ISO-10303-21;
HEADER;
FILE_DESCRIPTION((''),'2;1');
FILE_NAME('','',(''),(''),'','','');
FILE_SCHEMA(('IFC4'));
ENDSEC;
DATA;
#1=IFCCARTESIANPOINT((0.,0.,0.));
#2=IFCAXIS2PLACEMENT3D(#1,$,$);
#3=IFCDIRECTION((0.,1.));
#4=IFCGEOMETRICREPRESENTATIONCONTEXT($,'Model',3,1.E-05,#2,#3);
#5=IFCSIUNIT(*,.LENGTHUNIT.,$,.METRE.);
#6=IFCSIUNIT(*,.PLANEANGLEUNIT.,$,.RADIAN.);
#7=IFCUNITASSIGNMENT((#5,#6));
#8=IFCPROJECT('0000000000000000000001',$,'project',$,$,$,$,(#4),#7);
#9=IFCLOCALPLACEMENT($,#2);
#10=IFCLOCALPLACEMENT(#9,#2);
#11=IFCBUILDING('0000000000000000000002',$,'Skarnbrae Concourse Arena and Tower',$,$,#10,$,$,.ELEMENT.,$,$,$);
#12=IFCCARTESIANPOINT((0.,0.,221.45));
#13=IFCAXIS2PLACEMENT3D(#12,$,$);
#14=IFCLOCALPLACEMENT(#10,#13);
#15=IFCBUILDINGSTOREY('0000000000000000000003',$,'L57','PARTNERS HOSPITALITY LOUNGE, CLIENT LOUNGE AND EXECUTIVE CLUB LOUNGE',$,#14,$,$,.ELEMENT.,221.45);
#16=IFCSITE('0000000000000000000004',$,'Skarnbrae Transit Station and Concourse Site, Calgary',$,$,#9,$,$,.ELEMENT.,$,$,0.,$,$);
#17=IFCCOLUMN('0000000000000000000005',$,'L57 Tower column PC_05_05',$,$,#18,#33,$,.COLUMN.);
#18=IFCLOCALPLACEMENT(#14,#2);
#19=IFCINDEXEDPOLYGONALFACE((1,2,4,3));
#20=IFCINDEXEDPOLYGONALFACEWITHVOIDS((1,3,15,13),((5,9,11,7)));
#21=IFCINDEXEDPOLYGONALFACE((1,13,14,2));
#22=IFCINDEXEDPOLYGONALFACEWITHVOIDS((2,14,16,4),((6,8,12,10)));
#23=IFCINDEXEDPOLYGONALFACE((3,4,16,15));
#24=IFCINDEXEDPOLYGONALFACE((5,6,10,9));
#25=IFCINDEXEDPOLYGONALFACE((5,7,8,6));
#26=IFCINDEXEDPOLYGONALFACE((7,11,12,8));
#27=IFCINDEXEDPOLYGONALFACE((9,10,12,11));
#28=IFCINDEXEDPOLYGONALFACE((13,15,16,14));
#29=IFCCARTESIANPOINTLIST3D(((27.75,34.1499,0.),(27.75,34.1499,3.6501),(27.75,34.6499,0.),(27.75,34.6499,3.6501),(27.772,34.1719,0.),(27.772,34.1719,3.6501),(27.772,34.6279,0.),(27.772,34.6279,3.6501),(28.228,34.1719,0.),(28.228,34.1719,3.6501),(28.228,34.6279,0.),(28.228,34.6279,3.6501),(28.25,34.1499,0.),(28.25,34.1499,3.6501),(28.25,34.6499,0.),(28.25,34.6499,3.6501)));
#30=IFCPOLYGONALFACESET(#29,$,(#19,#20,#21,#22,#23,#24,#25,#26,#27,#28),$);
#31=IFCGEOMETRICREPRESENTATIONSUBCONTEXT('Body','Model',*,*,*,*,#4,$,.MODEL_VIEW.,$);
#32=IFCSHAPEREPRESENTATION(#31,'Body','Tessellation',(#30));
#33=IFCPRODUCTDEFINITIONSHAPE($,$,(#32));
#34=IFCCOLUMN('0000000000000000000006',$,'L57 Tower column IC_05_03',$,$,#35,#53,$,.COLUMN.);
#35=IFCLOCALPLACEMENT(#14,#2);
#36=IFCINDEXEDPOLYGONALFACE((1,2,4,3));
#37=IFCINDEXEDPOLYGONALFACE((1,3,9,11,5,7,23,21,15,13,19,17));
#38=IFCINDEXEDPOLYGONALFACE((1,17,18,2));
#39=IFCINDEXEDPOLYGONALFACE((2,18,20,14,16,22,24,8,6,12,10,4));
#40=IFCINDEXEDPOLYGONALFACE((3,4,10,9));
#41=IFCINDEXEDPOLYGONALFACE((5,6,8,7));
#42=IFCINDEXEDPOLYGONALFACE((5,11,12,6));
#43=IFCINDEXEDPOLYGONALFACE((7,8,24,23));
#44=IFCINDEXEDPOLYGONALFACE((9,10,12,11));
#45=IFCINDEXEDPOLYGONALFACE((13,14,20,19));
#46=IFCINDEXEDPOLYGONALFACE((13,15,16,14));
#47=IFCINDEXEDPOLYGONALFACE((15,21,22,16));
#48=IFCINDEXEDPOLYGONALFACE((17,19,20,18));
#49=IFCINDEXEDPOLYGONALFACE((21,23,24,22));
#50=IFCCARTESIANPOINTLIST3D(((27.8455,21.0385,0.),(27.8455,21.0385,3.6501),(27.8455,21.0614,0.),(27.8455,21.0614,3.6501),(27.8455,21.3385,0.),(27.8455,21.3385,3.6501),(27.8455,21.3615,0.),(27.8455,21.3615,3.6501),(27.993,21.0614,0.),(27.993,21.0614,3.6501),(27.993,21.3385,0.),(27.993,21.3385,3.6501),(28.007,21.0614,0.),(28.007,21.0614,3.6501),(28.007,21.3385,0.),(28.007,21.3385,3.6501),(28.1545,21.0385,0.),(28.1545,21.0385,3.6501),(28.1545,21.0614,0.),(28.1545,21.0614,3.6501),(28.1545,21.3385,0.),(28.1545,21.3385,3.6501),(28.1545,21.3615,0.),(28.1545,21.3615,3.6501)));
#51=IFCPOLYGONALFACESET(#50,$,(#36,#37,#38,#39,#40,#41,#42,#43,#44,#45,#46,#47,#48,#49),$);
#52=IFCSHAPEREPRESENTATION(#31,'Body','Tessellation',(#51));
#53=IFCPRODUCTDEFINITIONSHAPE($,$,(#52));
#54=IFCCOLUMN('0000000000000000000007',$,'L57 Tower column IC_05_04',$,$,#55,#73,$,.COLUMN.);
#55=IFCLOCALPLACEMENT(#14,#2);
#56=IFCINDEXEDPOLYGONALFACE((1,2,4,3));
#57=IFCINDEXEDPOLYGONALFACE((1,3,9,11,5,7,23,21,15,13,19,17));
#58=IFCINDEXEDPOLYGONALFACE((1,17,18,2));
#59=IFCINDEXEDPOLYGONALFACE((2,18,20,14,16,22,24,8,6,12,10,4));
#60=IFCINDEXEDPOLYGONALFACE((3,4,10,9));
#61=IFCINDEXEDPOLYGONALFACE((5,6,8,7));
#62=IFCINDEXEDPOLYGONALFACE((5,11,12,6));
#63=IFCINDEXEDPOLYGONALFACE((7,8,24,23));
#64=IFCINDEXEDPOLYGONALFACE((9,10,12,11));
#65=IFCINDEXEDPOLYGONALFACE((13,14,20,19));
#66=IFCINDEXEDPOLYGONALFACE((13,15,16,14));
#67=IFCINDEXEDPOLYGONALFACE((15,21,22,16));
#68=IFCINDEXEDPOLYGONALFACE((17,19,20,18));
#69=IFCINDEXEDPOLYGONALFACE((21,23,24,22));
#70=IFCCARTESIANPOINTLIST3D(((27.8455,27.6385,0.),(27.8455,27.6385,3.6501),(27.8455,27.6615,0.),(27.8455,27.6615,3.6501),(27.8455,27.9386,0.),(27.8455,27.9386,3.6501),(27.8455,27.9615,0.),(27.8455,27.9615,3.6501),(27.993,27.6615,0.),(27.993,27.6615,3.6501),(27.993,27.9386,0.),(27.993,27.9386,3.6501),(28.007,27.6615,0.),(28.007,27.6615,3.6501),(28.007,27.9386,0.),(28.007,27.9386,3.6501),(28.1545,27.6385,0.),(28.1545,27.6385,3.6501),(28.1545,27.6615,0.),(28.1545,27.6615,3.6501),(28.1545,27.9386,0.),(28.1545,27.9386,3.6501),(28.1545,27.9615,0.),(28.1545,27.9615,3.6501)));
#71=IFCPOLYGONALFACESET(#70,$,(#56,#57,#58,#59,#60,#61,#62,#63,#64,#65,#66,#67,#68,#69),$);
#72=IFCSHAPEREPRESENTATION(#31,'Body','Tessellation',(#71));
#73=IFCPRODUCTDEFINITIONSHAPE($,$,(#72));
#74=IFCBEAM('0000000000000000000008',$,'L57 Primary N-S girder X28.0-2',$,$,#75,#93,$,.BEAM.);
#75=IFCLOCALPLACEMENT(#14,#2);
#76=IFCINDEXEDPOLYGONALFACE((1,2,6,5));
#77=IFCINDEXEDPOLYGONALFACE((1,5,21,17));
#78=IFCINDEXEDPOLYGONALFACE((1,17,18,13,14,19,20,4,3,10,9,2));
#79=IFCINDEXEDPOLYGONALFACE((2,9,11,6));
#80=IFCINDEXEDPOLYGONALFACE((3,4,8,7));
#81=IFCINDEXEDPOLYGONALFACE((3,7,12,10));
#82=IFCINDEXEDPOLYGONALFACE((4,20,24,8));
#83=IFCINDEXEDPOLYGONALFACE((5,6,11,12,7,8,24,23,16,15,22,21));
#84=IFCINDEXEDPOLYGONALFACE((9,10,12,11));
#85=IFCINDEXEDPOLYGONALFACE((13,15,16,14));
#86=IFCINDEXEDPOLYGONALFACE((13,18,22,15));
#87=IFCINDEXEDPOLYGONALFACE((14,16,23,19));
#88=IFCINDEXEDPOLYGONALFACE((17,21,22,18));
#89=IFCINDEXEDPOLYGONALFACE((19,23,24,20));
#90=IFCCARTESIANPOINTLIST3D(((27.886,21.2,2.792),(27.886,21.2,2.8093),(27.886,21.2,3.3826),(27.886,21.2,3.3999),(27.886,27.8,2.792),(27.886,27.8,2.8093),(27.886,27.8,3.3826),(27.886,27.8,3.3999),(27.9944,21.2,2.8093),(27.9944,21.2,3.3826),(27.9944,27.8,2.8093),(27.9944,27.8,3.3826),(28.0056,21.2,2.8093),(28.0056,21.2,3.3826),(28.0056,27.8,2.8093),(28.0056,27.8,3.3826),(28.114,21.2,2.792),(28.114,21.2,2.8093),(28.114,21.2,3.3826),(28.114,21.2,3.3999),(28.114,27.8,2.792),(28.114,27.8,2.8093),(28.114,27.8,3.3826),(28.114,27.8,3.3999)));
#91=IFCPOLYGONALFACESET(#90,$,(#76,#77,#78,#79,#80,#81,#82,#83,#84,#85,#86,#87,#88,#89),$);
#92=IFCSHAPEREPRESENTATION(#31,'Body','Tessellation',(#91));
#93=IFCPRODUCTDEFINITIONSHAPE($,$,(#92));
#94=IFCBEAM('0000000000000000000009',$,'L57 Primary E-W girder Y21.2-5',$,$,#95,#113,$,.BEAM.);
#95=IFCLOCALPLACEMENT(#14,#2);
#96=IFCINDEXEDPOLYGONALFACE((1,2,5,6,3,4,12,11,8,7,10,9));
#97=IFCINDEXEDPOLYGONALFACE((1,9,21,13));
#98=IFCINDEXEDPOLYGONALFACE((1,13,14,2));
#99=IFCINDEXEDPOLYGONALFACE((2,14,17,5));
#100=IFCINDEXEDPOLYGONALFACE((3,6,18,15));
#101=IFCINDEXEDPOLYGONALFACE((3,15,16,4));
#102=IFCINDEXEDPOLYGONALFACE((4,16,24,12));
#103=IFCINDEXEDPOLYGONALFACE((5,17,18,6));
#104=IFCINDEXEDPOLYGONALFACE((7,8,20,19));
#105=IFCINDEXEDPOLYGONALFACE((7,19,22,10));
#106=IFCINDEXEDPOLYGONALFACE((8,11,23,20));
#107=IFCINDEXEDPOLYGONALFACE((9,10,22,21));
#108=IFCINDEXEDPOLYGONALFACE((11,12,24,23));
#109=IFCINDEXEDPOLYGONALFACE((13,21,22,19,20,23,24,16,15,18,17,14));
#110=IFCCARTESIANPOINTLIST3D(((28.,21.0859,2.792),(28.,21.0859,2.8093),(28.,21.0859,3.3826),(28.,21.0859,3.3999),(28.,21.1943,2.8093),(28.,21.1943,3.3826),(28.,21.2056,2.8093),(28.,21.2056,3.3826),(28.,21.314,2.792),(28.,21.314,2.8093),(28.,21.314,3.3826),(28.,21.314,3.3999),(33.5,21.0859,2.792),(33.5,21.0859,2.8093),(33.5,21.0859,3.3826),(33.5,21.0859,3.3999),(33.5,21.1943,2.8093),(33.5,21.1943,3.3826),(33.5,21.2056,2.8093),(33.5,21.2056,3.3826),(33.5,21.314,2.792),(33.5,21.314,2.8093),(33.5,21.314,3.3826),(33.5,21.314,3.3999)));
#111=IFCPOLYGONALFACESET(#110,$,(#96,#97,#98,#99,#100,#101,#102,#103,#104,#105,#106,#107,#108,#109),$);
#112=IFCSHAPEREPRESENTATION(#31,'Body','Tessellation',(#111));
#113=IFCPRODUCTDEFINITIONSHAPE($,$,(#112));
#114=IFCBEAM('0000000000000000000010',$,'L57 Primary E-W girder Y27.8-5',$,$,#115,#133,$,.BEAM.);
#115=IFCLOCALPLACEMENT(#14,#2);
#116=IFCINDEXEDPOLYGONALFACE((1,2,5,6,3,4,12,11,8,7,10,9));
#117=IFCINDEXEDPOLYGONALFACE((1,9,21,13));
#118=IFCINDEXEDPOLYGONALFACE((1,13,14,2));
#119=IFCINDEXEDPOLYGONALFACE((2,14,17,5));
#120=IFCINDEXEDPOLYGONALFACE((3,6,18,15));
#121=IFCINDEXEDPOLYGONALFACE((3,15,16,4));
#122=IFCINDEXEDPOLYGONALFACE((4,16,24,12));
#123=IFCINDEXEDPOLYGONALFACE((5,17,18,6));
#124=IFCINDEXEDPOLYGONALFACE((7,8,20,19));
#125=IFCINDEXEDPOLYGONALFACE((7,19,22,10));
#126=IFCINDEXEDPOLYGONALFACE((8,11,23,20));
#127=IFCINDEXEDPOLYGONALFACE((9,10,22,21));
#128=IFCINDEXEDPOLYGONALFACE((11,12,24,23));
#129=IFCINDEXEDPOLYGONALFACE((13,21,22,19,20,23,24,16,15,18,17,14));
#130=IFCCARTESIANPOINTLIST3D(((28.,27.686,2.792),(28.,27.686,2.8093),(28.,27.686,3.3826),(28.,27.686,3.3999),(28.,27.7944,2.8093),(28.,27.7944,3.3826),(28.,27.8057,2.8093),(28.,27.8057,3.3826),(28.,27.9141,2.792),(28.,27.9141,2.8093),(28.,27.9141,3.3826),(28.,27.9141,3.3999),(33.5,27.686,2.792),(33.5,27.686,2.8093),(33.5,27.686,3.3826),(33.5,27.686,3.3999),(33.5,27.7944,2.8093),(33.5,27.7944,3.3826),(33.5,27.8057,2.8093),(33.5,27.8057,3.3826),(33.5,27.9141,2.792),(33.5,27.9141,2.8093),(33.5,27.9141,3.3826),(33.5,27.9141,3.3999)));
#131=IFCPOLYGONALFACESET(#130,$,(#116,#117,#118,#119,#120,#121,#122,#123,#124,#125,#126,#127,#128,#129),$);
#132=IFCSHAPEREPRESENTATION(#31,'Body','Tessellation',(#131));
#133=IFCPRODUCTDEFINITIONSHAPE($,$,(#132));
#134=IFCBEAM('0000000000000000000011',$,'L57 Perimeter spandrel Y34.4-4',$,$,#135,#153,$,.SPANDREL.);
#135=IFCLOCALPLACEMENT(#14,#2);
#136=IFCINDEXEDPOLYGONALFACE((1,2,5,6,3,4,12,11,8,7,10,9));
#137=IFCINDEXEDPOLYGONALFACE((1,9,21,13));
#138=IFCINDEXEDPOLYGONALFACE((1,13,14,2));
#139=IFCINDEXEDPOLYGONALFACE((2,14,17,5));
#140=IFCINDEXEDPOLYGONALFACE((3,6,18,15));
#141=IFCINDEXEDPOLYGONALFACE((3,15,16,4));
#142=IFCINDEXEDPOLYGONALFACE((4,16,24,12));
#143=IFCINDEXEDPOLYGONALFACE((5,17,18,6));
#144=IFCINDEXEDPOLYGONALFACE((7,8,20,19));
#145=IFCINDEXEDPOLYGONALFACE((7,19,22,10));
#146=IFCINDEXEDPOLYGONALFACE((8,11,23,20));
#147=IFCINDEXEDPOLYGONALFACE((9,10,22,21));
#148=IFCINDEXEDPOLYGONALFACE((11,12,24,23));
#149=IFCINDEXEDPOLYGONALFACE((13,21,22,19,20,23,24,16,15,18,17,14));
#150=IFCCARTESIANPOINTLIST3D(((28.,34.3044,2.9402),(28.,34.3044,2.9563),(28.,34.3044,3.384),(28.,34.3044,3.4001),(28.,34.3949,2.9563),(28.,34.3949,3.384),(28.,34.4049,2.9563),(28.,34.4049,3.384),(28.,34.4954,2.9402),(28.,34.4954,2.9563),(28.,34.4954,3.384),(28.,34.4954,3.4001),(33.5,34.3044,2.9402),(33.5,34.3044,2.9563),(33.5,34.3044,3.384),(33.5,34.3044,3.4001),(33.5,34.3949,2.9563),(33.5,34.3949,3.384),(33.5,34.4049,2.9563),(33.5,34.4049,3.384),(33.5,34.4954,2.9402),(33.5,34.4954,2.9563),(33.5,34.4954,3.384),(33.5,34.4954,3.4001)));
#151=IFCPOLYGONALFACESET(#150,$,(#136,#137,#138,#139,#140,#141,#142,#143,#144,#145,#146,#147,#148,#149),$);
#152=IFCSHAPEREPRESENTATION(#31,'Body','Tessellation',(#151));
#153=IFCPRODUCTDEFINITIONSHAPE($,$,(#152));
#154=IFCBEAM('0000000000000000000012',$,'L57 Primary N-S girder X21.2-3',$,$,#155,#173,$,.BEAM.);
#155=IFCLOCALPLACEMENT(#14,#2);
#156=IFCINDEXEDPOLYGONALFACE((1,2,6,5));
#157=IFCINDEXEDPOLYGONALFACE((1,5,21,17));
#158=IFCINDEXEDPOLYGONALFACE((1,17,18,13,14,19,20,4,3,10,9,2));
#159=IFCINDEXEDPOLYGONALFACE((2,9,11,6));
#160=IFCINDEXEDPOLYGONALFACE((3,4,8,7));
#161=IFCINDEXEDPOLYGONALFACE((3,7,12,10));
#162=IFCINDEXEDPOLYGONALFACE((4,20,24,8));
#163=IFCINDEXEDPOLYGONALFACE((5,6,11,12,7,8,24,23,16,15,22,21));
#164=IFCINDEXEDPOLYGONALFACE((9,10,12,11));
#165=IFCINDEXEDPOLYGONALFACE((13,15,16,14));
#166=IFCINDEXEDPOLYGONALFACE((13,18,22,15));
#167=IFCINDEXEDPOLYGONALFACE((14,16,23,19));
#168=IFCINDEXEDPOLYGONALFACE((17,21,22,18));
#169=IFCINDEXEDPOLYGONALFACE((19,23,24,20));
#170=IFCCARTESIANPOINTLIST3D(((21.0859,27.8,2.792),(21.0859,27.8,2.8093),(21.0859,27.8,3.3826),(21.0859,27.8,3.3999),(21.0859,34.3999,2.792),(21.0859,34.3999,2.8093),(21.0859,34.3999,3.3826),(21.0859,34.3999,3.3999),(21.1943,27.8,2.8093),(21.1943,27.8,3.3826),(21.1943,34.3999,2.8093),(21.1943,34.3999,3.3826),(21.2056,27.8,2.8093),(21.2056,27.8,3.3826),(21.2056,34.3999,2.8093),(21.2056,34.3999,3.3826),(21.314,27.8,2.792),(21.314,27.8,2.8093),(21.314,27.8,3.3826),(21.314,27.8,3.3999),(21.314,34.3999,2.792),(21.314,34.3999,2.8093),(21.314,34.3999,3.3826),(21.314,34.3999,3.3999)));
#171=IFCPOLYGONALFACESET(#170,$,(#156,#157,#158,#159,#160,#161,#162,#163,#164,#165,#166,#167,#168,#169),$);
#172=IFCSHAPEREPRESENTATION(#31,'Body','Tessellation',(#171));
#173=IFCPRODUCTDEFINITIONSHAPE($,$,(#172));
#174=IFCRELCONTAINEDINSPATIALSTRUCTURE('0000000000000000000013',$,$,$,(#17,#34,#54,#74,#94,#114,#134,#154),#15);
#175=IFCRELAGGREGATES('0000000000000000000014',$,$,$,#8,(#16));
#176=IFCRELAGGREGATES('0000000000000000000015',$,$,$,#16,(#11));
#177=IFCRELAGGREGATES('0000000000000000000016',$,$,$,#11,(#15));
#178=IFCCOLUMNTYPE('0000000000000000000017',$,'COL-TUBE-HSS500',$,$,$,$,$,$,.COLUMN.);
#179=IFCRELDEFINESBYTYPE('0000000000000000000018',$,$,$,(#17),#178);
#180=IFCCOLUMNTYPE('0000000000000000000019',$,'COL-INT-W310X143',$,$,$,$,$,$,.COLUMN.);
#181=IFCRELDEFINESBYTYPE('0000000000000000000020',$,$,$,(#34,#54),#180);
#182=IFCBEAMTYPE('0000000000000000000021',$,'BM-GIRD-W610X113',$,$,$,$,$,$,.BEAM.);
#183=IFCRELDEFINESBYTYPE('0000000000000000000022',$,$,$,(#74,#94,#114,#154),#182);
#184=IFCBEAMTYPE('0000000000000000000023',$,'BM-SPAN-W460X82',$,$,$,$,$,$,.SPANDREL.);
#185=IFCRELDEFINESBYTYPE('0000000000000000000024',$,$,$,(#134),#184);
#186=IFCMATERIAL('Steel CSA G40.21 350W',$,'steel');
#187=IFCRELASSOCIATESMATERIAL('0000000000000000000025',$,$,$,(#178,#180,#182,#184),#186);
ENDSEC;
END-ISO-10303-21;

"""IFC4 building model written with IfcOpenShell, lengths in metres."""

from ifc_helpers import new_model, si_unit, direction, frame, origin, origin_2d, place, context, subcontext, project, spatial, hollow_rectangle, i_section, extrude, source, transform, mapped, material, material_profile, profile_set, type_object, element, save


model = new_model("IFC4")

# Units and contexts
model_context = context("Model", 3, precision=1e-05, world=origin(), true_north=direction((0.0, 1.0)))
body_context = subcontext(model_context, "Body", "Model", "MODEL_VIEW")
ifc_project = project(units=[si_unit("LENGTHUNIT", "METRE"), si_unit("PLANEANGLEUNIT", "RADIAN")], contexts=[model_context])

# Site, building, storey
site_placement = place(None, origin())
site = spatial("IfcSite", under=ifc_project, at=site_placement, Name="Skarnbrae Transit Station and Concourse Site, Calgary", CompositionType="ELEMENT", RefElevation=0.0)
building_placement = place(site_placement, origin())
building = spatial("IfcBuilding", under=site, at=building_placement, Name="Skarnbrae Concourse Arena and Tower", CompositionType="ELEMENT")
storey_placement = place(building_placement, frame((0.0, 0.0, 221.45)))
storey = spatial("IfcBuildingStorey", under=building, at=storey_placement, Name="L57", Description="PARTNERS HOSPITALITY LOUNGE, CLIENT LOUNGE AND EXECUTIVE CLUB LOUNGE", CompositionType="ELEMENT", Elevation=221.45)

# Columns
ifc_material_1 = material(Name="Steel CSA G40.21 350W", Category="steel")
ifc_material_profile_1 = material_profile(ifc_material_1, hollow_rectangle(XDim=0.5, YDim=0.5, WallThickness=0.022, at=origin_2d()), Name="HSS500X500X22.0")
ifc_profile_set_1 = profile_set([ifc_material_profile_1], Name="Steel CSA G40.21 350W")
column_type_1 = type_object("IfcColumnType", Name="COL-TUBE-HSS500", PredefinedType="COLUMN", material=ifc_profile_set_1)
shared_shape_1 = source(origin(), body_context, "Body", "SweptSolid", [
    extrude(hollow_rectangle(XDim=0.5, YDim=0.5, WallThickness=0.022, at=origin_2d()), origin(), (0.0, 0.0, 1.0), 3.6501),
])
column_placement = place(storey_placement, frame((28.0, 34.3999, 0.0), z_axis=(0.0, 0.0, 1.0), x_axis=(1.0, 0.0, 0.0)))
element("IfcColumn", 1, at=column_placement, inside=storey, type_object=column_type_1, Name="L57 Tower column PC_05_05", PredefinedType="COLUMN", context=body_context, shape_type="MappedRepresentation", body=[
    mapped(shared_shape_1, transform((0.0, 0.0, 0.0))),
])
ifc_material_profile_2 = material_profile(ifc_material_1, i_section(OverallWidth=0.3091, OverallDepth=0.323, WebThickness=0.0139, FlangeThickness=0.0229, at=origin_2d()), Name="W310X143")
ifc_profile_set_2 = profile_set([ifc_material_profile_2], Name="Steel CSA G40.21 350W")
column_type_2 = type_object("IfcColumnType", Name="COL-INT-W310X143", PredefinedType="COLUMN", material=ifc_profile_set_2)
shared_shape_2 = source(origin(), body_context, "Body", "SweptSolid", [
    extrude(i_section(OverallWidth=0.3091, OverallDepth=0.323, WebThickness=0.0139, FlangeThickness=0.0229, at=origin_2d()), origin(), (0.0, 0.0, 1.0), 3.6501),
])
for number, where, z_axis, x_axis, name in (
    (2, (28.0, 21.2, 0.0), (0.0, 0.0, 1.0), (1.0, 0.0, 0.0), "L57 Tower column IC_05_03"),
    (3, (28.0, 27.8, 0.0), (0.0, 0.0, 1.0), (1.0, 0.0, 0.0), "L57 Tower column IC_05_04"),
):
    element("IfcColumn", number, at=place(storey_placement, frame(where, z_axis=z_axis, x_axis=x_axis)), inside=storey, type_object=column_type_2, Name=name, PredefinedType="COLUMN", context=body_context, shape_type="MappedRepresentation", body=[
        mapped(shared_shape_2, transform((0.0, 0.0, 0.0))),
    ])

# Beams
ifc_material_profile_3 = material_profile(ifc_material_1, i_section(OverallWidth=0.228, OverallDepth=0.6079, WebThickness=0.0112, FlangeThickness=0.0173, at=origin_2d()), Name="W610X113")
ifc_profile_set_3 = profile_set([ifc_material_profile_3], Name="Steel CSA G40.21 350W")
beam_type_1 = type_object("IfcBeamType", Name="BM-GIRD-W610X113", PredefinedType="BEAM", material=ifc_profile_set_3)
shared_shape_3 = source(origin(), body_context, "Body", "SweptSolid", [
    extrude(i_section(OverallWidth=0.228, OverallDepth=0.6079, WebThickness=0.0112, FlangeThickness=0.0173, at=origin_2d()), origin(), (0.0, 0.0, 1.0), 6.6001),
])
beam_1_placement = place(storey_placement, frame((28.0, 21.2, 3.0959), z_axis=(0.0, 1.0, 0.0), x_axis=(-1.0, 0.0, 0.0)))
element("IfcBeam", 4, at=beam_1_placement, inside=storey, type_object=beam_type_1, Name="L57 Primary N-S girder X28.0-2", PredefinedType="BEAM", context=body_context, shape_type="MappedRepresentation", body=[
    mapped(shared_shape_3, transform((0.0, 0.0, 0.0))),
])
shared_shape_4 = source(origin(), body_context, "Body", "SweptSolid", [
    extrude(i_section(OverallWidth=0.228, OverallDepth=0.6079, WebThickness=0.0112, FlangeThickness=0.0173, at=origin_2d()), origin(), (0.0, 0.0, 1.0), 5.5),
])
for number, where, z_axis, x_axis, name in (
    (5, (28.0, 21.2, 3.0959), (1.0, 0.0, 0.0), (0.0, 1.0, 0.0), "L57 Primary E-W girder Y21.2-5"),
    (6, (28.0, 27.8, 3.0959), (1.0, 0.0, 0.0), (0.0, 1.0, 0.0), "L57 Primary E-W girder Y27.8-5"),
):
    element("IfcBeam", number, at=place(storey_placement, frame(where, z_axis=z_axis, x_axis=x_axis)), inside=storey, type_object=beam_type_1, Name=name, PredefinedType="BEAM", context=body_context, shape_type="MappedRepresentation", body=[
        mapped(shared_shape_4, transform((0.0, 0.0, 0.0))),
    ])
ifc_material_profile_4 = material_profile(ifc_material_1, i_section(OverallWidth=0.1909, OverallDepth=0.46, WebThickness=0.01, FlangeThickness=0.0161, at=origin_2d()), Name="W460X82")
ifc_profile_set_4 = profile_set([ifc_material_profile_4], Name="Steel CSA G40.21 350W")
beam_type_2 = type_object("IfcBeamType", Name="BM-SPAN-W460X82", PredefinedType="SPANDREL", material=ifc_profile_set_4)
shared_shape_5 = source(origin(), body_context, "Body", "SweptSolid", [
    extrude(i_section(OverallWidth=0.1909, OverallDepth=0.46, WebThickness=0.01, FlangeThickness=0.0161, at=origin_2d()), origin(), (0.0, 0.0, 1.0), 5.5),
])
beam_2_placement = place(storey_placement, frame((28.0, 34.3999, 3.1702), z_axis=(1.0, 0.0, 0.0), x_axis=(0.0, 1.0, 0.0)))
element("IfcBeam", 7, at=beam_2_placement, inside=storey, type_object=beam_type_2, Name="L57 Perimeter spandrel Y34.4-4", PredefinedType="SPANDREL", context=body_context, shape_type="MappedRepresentation", body=[
    mapped(shared_shape_5, transform((0.0, 0.0, 0.0))),
])
shared_shape_6 = source(origin(), body_context, "Body", "SweptSolid", [
    extrude(i_section(OverallWidth=0.228, OverallDepth=0.6079, WebThickness=0.0112, FlangeThickness=0.0173, at=origin_2d()), origin(), (0.0, 0.0, 1.0), 6.5999),
])
for number, where, z_axis, x_axis, name in (
    (8, (21.2, 27.8, 3.0959), (0.0, 1.0, 0.0), (-1.0, 0.0, 0.0), "L57 Primary N-S girder X21.2-3"),
):
    element("IfcBeam", number, at=place(storey_placement, frame(where, z_axis=z_axis, x_axis=x_axis)), inside=storey, type_object=beam_type_1, Name=name, PredefinedType="BEAM", context=body_context, shape_type="MappedRepresentation", body=[
        mapped(shared_shape_6, transform((0.0, 0.0, 0.0))),
    ])

save(model, "model.ifc")
